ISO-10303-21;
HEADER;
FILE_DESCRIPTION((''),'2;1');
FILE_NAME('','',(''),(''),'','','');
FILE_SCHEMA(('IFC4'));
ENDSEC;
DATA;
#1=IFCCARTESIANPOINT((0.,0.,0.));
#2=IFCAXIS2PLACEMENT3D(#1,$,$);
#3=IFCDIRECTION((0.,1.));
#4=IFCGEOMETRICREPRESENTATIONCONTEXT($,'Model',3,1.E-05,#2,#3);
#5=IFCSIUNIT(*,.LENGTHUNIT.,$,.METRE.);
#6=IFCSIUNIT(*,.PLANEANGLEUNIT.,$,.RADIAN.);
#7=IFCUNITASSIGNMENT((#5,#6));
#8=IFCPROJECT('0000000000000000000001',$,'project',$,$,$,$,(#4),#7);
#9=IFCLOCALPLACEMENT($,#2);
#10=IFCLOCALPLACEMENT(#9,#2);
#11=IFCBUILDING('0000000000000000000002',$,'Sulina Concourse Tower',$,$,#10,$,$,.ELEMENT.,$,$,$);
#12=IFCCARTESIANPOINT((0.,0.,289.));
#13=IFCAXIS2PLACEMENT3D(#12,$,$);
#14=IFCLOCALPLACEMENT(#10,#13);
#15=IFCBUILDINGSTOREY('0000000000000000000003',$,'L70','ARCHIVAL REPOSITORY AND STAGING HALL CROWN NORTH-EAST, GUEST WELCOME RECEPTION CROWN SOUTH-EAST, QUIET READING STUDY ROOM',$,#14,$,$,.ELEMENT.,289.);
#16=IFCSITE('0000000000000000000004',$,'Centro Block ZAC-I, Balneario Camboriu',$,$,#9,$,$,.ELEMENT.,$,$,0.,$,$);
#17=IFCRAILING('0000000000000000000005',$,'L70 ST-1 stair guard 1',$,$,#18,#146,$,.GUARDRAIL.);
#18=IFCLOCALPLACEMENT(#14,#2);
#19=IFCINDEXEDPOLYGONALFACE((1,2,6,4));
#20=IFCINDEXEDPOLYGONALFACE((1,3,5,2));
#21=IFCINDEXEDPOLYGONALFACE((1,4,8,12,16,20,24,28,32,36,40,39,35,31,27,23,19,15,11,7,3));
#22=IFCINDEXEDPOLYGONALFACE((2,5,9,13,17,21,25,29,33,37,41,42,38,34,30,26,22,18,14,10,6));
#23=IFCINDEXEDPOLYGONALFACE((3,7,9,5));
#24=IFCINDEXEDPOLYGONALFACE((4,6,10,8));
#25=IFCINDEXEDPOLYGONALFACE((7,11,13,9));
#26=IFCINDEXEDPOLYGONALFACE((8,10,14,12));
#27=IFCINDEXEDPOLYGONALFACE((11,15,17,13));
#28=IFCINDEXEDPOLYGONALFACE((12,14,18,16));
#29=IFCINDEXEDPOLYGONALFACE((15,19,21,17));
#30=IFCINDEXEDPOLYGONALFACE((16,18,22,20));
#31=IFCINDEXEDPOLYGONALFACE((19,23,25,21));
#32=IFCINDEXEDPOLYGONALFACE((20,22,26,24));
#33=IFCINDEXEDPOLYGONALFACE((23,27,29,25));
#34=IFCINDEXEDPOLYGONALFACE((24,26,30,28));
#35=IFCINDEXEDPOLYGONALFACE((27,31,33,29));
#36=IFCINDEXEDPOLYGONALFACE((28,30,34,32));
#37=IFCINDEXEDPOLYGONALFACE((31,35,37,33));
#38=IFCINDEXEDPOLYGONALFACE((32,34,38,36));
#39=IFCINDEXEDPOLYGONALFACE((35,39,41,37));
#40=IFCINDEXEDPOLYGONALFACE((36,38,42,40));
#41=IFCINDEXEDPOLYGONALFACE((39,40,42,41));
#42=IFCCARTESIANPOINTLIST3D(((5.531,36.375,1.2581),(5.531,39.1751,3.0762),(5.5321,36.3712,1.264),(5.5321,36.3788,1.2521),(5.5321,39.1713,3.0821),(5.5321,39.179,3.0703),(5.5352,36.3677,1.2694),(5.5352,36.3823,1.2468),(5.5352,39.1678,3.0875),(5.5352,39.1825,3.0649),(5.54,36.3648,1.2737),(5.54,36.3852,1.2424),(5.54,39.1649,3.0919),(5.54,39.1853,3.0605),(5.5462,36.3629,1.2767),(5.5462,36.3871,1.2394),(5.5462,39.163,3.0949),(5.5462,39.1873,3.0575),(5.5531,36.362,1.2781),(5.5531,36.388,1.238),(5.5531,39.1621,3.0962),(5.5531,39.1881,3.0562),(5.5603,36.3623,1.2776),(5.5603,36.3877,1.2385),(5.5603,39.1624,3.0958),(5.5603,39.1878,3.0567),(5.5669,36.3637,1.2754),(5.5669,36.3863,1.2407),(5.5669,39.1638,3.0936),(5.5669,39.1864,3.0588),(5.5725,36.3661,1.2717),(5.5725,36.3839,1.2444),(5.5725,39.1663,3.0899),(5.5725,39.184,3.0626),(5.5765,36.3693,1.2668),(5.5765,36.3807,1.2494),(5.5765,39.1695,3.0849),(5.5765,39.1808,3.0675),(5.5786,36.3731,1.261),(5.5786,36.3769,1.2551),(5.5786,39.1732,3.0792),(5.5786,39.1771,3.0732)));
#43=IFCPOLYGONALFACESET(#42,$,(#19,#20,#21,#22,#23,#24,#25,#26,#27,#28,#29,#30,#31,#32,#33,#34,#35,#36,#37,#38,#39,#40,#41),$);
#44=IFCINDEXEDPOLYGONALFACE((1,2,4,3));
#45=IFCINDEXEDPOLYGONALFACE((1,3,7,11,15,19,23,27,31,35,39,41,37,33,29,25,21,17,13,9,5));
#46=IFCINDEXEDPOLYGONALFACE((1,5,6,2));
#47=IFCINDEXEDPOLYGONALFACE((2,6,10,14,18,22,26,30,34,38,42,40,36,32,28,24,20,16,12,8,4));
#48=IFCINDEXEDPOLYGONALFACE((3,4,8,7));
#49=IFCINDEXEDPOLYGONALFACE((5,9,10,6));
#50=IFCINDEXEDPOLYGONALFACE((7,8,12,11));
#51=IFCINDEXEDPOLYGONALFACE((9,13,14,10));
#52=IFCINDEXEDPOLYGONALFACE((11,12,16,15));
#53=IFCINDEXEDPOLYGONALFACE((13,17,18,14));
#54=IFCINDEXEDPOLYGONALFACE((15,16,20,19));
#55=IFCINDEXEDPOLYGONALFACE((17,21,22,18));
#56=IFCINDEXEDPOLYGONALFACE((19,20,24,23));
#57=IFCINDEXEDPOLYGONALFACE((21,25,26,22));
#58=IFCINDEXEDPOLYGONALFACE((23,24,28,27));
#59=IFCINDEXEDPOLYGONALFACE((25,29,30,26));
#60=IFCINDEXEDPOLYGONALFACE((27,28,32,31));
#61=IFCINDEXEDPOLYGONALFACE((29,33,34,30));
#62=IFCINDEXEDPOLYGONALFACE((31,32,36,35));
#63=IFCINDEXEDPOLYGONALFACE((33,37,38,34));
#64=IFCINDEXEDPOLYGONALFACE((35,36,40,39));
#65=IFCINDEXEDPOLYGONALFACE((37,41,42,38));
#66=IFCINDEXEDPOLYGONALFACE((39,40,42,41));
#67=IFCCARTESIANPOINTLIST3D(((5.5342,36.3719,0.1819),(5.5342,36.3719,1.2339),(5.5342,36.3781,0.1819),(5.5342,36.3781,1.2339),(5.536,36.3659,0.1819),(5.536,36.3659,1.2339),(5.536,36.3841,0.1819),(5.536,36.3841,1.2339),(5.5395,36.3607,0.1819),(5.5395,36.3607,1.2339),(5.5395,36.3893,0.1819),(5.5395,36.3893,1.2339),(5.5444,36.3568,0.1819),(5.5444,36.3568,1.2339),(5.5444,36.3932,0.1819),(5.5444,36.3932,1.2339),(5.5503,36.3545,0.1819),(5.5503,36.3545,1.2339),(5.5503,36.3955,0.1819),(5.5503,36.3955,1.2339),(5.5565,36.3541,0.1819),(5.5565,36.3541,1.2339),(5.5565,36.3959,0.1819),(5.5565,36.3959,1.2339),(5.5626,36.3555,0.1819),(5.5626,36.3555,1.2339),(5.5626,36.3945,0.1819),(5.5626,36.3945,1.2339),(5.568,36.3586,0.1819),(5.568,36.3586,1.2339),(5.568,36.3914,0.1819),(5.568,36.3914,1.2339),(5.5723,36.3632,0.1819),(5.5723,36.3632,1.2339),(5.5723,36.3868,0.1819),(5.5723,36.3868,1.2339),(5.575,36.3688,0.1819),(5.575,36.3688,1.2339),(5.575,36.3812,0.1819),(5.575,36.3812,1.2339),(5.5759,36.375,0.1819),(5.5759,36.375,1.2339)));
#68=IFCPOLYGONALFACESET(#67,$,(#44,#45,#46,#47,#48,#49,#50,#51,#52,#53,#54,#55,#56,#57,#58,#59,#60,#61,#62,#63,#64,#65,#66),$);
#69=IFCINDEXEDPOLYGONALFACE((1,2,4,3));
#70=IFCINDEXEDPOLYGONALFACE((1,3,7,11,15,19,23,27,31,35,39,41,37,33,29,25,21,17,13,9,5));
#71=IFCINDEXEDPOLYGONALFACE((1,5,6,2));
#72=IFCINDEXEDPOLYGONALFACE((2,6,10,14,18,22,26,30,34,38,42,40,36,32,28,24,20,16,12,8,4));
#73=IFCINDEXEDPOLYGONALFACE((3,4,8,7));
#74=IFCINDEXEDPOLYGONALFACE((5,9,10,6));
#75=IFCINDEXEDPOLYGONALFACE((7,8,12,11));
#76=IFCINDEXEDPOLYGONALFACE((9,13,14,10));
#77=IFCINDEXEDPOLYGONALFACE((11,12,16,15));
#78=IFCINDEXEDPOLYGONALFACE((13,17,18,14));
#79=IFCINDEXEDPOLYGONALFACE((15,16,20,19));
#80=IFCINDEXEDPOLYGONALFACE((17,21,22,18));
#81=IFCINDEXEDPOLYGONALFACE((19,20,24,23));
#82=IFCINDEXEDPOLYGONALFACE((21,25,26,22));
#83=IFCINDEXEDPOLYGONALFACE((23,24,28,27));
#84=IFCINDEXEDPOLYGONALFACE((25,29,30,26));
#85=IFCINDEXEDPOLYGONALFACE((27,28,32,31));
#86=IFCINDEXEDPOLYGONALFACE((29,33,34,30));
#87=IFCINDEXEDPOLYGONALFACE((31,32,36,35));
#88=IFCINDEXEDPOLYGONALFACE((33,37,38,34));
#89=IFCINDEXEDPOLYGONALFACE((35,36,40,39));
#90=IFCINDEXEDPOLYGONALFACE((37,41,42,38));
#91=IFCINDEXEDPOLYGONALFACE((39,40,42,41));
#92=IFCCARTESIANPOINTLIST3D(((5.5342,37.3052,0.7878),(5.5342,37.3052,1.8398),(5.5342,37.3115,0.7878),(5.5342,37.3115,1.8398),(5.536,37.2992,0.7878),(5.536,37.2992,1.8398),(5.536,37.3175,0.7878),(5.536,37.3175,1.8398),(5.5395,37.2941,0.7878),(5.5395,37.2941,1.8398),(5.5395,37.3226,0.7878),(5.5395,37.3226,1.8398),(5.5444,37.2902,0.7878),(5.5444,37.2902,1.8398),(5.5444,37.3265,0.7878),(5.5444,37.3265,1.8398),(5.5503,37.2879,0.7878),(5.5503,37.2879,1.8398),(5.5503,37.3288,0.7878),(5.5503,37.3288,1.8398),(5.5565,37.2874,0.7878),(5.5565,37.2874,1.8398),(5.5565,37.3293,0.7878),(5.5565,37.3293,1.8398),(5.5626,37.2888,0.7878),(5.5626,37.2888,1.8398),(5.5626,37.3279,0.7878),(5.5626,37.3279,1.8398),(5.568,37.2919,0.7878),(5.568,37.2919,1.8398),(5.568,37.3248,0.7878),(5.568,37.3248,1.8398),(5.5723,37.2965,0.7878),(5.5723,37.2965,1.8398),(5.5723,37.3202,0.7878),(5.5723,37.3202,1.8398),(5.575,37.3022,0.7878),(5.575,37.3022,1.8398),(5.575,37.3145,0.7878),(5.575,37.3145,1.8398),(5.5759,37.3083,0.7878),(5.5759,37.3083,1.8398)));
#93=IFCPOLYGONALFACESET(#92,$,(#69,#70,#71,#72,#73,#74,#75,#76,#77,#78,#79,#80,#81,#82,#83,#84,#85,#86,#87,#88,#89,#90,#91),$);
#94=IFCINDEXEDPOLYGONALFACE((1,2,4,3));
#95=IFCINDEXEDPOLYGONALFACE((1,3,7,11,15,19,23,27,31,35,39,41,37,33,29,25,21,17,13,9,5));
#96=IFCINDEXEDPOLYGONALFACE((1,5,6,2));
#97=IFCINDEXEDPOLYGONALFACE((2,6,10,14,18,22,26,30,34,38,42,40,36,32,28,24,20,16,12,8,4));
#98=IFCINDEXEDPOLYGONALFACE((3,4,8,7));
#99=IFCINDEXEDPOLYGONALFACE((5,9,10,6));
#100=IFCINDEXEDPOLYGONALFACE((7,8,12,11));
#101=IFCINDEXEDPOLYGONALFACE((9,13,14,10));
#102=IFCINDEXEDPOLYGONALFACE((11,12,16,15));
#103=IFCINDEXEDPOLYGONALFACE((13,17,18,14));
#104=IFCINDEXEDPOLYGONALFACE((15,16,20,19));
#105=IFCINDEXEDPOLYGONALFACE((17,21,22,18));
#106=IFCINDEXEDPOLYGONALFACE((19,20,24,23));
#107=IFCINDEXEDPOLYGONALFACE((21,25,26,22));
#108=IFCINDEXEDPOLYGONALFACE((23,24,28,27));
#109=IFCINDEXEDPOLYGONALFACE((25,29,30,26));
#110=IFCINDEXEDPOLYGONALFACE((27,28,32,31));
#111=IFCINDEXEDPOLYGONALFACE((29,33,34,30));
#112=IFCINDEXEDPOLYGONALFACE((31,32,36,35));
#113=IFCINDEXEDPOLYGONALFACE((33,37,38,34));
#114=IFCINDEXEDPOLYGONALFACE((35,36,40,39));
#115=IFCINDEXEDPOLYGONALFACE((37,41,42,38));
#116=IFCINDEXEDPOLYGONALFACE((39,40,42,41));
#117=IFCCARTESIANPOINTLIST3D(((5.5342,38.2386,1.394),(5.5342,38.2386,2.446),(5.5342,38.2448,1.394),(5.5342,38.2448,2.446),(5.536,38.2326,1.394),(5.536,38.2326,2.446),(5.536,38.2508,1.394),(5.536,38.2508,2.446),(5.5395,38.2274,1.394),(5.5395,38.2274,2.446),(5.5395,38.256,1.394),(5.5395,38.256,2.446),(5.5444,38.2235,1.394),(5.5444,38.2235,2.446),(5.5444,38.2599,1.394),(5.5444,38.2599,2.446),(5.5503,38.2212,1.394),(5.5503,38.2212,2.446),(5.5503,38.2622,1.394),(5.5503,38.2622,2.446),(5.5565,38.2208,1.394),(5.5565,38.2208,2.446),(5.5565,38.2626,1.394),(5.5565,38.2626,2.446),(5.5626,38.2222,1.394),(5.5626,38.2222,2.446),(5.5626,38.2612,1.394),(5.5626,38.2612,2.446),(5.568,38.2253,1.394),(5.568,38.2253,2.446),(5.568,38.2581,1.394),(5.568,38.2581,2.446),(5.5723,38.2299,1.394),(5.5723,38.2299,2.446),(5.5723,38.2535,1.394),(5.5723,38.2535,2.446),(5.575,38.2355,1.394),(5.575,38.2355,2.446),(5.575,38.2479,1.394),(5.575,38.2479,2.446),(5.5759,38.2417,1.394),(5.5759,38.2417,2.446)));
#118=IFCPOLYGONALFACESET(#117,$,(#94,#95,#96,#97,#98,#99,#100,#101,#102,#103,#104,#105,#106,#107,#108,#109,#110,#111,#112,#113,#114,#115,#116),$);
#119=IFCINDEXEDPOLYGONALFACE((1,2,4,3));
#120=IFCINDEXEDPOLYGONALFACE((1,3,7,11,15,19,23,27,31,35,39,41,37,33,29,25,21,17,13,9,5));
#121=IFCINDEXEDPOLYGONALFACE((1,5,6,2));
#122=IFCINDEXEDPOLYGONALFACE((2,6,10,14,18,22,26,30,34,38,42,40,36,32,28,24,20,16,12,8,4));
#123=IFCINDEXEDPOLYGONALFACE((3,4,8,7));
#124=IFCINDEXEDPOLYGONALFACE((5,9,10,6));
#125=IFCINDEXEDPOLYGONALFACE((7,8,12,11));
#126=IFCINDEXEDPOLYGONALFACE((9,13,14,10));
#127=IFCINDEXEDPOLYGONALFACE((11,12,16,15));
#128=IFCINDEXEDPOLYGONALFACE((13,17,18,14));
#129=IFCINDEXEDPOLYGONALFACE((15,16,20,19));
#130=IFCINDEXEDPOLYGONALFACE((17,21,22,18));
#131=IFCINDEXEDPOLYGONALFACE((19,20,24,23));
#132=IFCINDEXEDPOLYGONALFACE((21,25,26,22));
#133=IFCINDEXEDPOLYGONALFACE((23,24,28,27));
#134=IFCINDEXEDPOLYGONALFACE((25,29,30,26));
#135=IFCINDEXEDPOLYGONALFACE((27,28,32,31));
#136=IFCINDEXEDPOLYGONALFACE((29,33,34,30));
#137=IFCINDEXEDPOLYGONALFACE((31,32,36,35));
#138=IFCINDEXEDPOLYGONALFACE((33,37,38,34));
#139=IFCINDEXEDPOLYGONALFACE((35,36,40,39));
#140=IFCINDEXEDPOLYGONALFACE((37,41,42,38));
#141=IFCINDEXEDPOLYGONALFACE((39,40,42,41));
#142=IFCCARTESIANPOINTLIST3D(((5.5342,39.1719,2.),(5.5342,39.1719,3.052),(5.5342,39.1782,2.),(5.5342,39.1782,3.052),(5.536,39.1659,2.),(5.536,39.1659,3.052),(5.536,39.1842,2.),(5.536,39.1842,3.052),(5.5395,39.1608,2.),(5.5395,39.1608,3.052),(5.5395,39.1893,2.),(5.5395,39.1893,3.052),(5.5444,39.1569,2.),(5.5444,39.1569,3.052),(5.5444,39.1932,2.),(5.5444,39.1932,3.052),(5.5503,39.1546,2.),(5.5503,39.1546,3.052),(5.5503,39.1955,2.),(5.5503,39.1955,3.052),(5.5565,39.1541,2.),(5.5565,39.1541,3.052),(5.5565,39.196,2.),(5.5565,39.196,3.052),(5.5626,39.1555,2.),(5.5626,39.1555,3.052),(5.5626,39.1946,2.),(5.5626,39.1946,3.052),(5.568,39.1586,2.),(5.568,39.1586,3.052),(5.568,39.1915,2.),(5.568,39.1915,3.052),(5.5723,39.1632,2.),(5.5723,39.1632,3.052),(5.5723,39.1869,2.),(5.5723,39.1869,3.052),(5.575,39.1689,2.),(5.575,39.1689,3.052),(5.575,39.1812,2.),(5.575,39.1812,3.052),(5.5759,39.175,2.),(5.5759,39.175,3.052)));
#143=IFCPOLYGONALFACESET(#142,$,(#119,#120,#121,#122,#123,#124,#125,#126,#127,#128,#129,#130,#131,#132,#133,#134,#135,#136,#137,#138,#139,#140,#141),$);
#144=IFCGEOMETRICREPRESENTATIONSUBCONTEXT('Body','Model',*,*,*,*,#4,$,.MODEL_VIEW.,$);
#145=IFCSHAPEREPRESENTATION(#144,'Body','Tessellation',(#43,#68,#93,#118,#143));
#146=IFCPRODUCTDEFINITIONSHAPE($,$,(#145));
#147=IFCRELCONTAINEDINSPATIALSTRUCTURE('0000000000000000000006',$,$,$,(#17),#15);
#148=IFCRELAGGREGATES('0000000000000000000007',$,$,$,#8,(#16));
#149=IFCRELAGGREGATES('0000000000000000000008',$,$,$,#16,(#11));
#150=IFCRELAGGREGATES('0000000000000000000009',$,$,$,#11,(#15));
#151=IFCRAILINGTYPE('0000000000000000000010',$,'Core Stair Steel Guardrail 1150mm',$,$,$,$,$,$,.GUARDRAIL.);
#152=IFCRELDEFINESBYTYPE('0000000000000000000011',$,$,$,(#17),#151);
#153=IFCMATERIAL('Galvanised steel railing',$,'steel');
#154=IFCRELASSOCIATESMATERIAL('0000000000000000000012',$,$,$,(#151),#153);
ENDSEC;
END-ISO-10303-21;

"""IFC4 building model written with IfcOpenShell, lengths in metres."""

from ifc_helpers import new_model, si_unit, direction, frame, origin, origin_2d, place, context, subcontext, project, spatial, circle, extrude, material, type_object, element, save


model = new_model("IFC4")

# Units and contexts
model_context = context("Model", 3, precision=1e-05, world=origin(), true_north=direction((0.0, 1.0)))
body_context = subcontext(model_context, "Body", "Model", "MODEL_VIEW")
ifc_project = project(units=[si_unit("LENGTHUNIT", "METRE"), si_unit("PLANEANGLEUNIT", "RADIAN")], contexts=[model_context])

# Site, building, storey
site_placement = place(None, origin())
site = spatial("IfcSite", under=ifc_project, at=site_placement, Name="Centro Block ZAC-I, Balneario Camboriu", CompositionType="ELEMENT", RefElevation=0.0)
building_placement = place(site_placement, origin())
building = spatial("IfcBuilding", under=site, at=building_placement, Name="Sulina Concourse Tower", CompositionType="ELEMENT")
storey_placement = place(building_placement, frame((0.0, 0.0, 289.0)))
storey = spatial("IfcBuildingStorey", under=building, at=storey_placement, Name="L70", Description="ARCHIVAL REPOSITORY AND STAGING HALL CROWN NORTH-EAST, GUEST WELCOME RECEPTION CROWN SOUTH-EAST, QUIET READING STUDY ROOM", CompositionType="ELEMENT", Elevation=289.0)

# Railing
ifc_material_1 = material(Name="Galvanised steel railing", Category="steel")
railing_type_1 = type_object("IfcRailingType", Name="Core Stair Steel Guardrail 1150mm", PredefinedType="GUARDRAIL", material=ifc_material_1)
railing_1_placement = place(storey_placement, frame((5.5549, 36.375, 0.1819)))
element("IfcRailing", 1, at=railing_1_placement, inside=storey, type_object=railing_type_1, Name="L70 ST-1 stair guard 1", PredefinedType="GUARDRAIL", context=body_context, shape_type="SweptSolid", body=[
    extrude(circle(Radius=0.0239, at=origin_2d()), frame((0.0, 0.0, 1.0762), z_axis=(0.0, 0.838706, 0.544585), x_axis=(-1.0, 0.0, 0.0)), (0.0, 0.0, 1.0), 3.3386),
    extrude(circle(Radius=0.021, at=origin_2d()), origin(), (0.0, 0.0, 1.0), 1.052),
    extrude(circle(Radius=0.021, at=origin_2d()), frame((0.0, 0.9333, 0.606)), (0.0, 0.0, 1.0), 1.052),
    extrude(circle(Radius=0.021, at=origin_2d()), frame((0.0, 1.8667, 1.2122)), (0.0, 0.0, 1.0), 1.052),
    extrude(circle(Radius=0.021, at=origin_2d()), frame((0.0, 2.8, 1.8181)), (0.0, 0.0, 1.0), 1.052),
])

save(model, "model.ifc")
